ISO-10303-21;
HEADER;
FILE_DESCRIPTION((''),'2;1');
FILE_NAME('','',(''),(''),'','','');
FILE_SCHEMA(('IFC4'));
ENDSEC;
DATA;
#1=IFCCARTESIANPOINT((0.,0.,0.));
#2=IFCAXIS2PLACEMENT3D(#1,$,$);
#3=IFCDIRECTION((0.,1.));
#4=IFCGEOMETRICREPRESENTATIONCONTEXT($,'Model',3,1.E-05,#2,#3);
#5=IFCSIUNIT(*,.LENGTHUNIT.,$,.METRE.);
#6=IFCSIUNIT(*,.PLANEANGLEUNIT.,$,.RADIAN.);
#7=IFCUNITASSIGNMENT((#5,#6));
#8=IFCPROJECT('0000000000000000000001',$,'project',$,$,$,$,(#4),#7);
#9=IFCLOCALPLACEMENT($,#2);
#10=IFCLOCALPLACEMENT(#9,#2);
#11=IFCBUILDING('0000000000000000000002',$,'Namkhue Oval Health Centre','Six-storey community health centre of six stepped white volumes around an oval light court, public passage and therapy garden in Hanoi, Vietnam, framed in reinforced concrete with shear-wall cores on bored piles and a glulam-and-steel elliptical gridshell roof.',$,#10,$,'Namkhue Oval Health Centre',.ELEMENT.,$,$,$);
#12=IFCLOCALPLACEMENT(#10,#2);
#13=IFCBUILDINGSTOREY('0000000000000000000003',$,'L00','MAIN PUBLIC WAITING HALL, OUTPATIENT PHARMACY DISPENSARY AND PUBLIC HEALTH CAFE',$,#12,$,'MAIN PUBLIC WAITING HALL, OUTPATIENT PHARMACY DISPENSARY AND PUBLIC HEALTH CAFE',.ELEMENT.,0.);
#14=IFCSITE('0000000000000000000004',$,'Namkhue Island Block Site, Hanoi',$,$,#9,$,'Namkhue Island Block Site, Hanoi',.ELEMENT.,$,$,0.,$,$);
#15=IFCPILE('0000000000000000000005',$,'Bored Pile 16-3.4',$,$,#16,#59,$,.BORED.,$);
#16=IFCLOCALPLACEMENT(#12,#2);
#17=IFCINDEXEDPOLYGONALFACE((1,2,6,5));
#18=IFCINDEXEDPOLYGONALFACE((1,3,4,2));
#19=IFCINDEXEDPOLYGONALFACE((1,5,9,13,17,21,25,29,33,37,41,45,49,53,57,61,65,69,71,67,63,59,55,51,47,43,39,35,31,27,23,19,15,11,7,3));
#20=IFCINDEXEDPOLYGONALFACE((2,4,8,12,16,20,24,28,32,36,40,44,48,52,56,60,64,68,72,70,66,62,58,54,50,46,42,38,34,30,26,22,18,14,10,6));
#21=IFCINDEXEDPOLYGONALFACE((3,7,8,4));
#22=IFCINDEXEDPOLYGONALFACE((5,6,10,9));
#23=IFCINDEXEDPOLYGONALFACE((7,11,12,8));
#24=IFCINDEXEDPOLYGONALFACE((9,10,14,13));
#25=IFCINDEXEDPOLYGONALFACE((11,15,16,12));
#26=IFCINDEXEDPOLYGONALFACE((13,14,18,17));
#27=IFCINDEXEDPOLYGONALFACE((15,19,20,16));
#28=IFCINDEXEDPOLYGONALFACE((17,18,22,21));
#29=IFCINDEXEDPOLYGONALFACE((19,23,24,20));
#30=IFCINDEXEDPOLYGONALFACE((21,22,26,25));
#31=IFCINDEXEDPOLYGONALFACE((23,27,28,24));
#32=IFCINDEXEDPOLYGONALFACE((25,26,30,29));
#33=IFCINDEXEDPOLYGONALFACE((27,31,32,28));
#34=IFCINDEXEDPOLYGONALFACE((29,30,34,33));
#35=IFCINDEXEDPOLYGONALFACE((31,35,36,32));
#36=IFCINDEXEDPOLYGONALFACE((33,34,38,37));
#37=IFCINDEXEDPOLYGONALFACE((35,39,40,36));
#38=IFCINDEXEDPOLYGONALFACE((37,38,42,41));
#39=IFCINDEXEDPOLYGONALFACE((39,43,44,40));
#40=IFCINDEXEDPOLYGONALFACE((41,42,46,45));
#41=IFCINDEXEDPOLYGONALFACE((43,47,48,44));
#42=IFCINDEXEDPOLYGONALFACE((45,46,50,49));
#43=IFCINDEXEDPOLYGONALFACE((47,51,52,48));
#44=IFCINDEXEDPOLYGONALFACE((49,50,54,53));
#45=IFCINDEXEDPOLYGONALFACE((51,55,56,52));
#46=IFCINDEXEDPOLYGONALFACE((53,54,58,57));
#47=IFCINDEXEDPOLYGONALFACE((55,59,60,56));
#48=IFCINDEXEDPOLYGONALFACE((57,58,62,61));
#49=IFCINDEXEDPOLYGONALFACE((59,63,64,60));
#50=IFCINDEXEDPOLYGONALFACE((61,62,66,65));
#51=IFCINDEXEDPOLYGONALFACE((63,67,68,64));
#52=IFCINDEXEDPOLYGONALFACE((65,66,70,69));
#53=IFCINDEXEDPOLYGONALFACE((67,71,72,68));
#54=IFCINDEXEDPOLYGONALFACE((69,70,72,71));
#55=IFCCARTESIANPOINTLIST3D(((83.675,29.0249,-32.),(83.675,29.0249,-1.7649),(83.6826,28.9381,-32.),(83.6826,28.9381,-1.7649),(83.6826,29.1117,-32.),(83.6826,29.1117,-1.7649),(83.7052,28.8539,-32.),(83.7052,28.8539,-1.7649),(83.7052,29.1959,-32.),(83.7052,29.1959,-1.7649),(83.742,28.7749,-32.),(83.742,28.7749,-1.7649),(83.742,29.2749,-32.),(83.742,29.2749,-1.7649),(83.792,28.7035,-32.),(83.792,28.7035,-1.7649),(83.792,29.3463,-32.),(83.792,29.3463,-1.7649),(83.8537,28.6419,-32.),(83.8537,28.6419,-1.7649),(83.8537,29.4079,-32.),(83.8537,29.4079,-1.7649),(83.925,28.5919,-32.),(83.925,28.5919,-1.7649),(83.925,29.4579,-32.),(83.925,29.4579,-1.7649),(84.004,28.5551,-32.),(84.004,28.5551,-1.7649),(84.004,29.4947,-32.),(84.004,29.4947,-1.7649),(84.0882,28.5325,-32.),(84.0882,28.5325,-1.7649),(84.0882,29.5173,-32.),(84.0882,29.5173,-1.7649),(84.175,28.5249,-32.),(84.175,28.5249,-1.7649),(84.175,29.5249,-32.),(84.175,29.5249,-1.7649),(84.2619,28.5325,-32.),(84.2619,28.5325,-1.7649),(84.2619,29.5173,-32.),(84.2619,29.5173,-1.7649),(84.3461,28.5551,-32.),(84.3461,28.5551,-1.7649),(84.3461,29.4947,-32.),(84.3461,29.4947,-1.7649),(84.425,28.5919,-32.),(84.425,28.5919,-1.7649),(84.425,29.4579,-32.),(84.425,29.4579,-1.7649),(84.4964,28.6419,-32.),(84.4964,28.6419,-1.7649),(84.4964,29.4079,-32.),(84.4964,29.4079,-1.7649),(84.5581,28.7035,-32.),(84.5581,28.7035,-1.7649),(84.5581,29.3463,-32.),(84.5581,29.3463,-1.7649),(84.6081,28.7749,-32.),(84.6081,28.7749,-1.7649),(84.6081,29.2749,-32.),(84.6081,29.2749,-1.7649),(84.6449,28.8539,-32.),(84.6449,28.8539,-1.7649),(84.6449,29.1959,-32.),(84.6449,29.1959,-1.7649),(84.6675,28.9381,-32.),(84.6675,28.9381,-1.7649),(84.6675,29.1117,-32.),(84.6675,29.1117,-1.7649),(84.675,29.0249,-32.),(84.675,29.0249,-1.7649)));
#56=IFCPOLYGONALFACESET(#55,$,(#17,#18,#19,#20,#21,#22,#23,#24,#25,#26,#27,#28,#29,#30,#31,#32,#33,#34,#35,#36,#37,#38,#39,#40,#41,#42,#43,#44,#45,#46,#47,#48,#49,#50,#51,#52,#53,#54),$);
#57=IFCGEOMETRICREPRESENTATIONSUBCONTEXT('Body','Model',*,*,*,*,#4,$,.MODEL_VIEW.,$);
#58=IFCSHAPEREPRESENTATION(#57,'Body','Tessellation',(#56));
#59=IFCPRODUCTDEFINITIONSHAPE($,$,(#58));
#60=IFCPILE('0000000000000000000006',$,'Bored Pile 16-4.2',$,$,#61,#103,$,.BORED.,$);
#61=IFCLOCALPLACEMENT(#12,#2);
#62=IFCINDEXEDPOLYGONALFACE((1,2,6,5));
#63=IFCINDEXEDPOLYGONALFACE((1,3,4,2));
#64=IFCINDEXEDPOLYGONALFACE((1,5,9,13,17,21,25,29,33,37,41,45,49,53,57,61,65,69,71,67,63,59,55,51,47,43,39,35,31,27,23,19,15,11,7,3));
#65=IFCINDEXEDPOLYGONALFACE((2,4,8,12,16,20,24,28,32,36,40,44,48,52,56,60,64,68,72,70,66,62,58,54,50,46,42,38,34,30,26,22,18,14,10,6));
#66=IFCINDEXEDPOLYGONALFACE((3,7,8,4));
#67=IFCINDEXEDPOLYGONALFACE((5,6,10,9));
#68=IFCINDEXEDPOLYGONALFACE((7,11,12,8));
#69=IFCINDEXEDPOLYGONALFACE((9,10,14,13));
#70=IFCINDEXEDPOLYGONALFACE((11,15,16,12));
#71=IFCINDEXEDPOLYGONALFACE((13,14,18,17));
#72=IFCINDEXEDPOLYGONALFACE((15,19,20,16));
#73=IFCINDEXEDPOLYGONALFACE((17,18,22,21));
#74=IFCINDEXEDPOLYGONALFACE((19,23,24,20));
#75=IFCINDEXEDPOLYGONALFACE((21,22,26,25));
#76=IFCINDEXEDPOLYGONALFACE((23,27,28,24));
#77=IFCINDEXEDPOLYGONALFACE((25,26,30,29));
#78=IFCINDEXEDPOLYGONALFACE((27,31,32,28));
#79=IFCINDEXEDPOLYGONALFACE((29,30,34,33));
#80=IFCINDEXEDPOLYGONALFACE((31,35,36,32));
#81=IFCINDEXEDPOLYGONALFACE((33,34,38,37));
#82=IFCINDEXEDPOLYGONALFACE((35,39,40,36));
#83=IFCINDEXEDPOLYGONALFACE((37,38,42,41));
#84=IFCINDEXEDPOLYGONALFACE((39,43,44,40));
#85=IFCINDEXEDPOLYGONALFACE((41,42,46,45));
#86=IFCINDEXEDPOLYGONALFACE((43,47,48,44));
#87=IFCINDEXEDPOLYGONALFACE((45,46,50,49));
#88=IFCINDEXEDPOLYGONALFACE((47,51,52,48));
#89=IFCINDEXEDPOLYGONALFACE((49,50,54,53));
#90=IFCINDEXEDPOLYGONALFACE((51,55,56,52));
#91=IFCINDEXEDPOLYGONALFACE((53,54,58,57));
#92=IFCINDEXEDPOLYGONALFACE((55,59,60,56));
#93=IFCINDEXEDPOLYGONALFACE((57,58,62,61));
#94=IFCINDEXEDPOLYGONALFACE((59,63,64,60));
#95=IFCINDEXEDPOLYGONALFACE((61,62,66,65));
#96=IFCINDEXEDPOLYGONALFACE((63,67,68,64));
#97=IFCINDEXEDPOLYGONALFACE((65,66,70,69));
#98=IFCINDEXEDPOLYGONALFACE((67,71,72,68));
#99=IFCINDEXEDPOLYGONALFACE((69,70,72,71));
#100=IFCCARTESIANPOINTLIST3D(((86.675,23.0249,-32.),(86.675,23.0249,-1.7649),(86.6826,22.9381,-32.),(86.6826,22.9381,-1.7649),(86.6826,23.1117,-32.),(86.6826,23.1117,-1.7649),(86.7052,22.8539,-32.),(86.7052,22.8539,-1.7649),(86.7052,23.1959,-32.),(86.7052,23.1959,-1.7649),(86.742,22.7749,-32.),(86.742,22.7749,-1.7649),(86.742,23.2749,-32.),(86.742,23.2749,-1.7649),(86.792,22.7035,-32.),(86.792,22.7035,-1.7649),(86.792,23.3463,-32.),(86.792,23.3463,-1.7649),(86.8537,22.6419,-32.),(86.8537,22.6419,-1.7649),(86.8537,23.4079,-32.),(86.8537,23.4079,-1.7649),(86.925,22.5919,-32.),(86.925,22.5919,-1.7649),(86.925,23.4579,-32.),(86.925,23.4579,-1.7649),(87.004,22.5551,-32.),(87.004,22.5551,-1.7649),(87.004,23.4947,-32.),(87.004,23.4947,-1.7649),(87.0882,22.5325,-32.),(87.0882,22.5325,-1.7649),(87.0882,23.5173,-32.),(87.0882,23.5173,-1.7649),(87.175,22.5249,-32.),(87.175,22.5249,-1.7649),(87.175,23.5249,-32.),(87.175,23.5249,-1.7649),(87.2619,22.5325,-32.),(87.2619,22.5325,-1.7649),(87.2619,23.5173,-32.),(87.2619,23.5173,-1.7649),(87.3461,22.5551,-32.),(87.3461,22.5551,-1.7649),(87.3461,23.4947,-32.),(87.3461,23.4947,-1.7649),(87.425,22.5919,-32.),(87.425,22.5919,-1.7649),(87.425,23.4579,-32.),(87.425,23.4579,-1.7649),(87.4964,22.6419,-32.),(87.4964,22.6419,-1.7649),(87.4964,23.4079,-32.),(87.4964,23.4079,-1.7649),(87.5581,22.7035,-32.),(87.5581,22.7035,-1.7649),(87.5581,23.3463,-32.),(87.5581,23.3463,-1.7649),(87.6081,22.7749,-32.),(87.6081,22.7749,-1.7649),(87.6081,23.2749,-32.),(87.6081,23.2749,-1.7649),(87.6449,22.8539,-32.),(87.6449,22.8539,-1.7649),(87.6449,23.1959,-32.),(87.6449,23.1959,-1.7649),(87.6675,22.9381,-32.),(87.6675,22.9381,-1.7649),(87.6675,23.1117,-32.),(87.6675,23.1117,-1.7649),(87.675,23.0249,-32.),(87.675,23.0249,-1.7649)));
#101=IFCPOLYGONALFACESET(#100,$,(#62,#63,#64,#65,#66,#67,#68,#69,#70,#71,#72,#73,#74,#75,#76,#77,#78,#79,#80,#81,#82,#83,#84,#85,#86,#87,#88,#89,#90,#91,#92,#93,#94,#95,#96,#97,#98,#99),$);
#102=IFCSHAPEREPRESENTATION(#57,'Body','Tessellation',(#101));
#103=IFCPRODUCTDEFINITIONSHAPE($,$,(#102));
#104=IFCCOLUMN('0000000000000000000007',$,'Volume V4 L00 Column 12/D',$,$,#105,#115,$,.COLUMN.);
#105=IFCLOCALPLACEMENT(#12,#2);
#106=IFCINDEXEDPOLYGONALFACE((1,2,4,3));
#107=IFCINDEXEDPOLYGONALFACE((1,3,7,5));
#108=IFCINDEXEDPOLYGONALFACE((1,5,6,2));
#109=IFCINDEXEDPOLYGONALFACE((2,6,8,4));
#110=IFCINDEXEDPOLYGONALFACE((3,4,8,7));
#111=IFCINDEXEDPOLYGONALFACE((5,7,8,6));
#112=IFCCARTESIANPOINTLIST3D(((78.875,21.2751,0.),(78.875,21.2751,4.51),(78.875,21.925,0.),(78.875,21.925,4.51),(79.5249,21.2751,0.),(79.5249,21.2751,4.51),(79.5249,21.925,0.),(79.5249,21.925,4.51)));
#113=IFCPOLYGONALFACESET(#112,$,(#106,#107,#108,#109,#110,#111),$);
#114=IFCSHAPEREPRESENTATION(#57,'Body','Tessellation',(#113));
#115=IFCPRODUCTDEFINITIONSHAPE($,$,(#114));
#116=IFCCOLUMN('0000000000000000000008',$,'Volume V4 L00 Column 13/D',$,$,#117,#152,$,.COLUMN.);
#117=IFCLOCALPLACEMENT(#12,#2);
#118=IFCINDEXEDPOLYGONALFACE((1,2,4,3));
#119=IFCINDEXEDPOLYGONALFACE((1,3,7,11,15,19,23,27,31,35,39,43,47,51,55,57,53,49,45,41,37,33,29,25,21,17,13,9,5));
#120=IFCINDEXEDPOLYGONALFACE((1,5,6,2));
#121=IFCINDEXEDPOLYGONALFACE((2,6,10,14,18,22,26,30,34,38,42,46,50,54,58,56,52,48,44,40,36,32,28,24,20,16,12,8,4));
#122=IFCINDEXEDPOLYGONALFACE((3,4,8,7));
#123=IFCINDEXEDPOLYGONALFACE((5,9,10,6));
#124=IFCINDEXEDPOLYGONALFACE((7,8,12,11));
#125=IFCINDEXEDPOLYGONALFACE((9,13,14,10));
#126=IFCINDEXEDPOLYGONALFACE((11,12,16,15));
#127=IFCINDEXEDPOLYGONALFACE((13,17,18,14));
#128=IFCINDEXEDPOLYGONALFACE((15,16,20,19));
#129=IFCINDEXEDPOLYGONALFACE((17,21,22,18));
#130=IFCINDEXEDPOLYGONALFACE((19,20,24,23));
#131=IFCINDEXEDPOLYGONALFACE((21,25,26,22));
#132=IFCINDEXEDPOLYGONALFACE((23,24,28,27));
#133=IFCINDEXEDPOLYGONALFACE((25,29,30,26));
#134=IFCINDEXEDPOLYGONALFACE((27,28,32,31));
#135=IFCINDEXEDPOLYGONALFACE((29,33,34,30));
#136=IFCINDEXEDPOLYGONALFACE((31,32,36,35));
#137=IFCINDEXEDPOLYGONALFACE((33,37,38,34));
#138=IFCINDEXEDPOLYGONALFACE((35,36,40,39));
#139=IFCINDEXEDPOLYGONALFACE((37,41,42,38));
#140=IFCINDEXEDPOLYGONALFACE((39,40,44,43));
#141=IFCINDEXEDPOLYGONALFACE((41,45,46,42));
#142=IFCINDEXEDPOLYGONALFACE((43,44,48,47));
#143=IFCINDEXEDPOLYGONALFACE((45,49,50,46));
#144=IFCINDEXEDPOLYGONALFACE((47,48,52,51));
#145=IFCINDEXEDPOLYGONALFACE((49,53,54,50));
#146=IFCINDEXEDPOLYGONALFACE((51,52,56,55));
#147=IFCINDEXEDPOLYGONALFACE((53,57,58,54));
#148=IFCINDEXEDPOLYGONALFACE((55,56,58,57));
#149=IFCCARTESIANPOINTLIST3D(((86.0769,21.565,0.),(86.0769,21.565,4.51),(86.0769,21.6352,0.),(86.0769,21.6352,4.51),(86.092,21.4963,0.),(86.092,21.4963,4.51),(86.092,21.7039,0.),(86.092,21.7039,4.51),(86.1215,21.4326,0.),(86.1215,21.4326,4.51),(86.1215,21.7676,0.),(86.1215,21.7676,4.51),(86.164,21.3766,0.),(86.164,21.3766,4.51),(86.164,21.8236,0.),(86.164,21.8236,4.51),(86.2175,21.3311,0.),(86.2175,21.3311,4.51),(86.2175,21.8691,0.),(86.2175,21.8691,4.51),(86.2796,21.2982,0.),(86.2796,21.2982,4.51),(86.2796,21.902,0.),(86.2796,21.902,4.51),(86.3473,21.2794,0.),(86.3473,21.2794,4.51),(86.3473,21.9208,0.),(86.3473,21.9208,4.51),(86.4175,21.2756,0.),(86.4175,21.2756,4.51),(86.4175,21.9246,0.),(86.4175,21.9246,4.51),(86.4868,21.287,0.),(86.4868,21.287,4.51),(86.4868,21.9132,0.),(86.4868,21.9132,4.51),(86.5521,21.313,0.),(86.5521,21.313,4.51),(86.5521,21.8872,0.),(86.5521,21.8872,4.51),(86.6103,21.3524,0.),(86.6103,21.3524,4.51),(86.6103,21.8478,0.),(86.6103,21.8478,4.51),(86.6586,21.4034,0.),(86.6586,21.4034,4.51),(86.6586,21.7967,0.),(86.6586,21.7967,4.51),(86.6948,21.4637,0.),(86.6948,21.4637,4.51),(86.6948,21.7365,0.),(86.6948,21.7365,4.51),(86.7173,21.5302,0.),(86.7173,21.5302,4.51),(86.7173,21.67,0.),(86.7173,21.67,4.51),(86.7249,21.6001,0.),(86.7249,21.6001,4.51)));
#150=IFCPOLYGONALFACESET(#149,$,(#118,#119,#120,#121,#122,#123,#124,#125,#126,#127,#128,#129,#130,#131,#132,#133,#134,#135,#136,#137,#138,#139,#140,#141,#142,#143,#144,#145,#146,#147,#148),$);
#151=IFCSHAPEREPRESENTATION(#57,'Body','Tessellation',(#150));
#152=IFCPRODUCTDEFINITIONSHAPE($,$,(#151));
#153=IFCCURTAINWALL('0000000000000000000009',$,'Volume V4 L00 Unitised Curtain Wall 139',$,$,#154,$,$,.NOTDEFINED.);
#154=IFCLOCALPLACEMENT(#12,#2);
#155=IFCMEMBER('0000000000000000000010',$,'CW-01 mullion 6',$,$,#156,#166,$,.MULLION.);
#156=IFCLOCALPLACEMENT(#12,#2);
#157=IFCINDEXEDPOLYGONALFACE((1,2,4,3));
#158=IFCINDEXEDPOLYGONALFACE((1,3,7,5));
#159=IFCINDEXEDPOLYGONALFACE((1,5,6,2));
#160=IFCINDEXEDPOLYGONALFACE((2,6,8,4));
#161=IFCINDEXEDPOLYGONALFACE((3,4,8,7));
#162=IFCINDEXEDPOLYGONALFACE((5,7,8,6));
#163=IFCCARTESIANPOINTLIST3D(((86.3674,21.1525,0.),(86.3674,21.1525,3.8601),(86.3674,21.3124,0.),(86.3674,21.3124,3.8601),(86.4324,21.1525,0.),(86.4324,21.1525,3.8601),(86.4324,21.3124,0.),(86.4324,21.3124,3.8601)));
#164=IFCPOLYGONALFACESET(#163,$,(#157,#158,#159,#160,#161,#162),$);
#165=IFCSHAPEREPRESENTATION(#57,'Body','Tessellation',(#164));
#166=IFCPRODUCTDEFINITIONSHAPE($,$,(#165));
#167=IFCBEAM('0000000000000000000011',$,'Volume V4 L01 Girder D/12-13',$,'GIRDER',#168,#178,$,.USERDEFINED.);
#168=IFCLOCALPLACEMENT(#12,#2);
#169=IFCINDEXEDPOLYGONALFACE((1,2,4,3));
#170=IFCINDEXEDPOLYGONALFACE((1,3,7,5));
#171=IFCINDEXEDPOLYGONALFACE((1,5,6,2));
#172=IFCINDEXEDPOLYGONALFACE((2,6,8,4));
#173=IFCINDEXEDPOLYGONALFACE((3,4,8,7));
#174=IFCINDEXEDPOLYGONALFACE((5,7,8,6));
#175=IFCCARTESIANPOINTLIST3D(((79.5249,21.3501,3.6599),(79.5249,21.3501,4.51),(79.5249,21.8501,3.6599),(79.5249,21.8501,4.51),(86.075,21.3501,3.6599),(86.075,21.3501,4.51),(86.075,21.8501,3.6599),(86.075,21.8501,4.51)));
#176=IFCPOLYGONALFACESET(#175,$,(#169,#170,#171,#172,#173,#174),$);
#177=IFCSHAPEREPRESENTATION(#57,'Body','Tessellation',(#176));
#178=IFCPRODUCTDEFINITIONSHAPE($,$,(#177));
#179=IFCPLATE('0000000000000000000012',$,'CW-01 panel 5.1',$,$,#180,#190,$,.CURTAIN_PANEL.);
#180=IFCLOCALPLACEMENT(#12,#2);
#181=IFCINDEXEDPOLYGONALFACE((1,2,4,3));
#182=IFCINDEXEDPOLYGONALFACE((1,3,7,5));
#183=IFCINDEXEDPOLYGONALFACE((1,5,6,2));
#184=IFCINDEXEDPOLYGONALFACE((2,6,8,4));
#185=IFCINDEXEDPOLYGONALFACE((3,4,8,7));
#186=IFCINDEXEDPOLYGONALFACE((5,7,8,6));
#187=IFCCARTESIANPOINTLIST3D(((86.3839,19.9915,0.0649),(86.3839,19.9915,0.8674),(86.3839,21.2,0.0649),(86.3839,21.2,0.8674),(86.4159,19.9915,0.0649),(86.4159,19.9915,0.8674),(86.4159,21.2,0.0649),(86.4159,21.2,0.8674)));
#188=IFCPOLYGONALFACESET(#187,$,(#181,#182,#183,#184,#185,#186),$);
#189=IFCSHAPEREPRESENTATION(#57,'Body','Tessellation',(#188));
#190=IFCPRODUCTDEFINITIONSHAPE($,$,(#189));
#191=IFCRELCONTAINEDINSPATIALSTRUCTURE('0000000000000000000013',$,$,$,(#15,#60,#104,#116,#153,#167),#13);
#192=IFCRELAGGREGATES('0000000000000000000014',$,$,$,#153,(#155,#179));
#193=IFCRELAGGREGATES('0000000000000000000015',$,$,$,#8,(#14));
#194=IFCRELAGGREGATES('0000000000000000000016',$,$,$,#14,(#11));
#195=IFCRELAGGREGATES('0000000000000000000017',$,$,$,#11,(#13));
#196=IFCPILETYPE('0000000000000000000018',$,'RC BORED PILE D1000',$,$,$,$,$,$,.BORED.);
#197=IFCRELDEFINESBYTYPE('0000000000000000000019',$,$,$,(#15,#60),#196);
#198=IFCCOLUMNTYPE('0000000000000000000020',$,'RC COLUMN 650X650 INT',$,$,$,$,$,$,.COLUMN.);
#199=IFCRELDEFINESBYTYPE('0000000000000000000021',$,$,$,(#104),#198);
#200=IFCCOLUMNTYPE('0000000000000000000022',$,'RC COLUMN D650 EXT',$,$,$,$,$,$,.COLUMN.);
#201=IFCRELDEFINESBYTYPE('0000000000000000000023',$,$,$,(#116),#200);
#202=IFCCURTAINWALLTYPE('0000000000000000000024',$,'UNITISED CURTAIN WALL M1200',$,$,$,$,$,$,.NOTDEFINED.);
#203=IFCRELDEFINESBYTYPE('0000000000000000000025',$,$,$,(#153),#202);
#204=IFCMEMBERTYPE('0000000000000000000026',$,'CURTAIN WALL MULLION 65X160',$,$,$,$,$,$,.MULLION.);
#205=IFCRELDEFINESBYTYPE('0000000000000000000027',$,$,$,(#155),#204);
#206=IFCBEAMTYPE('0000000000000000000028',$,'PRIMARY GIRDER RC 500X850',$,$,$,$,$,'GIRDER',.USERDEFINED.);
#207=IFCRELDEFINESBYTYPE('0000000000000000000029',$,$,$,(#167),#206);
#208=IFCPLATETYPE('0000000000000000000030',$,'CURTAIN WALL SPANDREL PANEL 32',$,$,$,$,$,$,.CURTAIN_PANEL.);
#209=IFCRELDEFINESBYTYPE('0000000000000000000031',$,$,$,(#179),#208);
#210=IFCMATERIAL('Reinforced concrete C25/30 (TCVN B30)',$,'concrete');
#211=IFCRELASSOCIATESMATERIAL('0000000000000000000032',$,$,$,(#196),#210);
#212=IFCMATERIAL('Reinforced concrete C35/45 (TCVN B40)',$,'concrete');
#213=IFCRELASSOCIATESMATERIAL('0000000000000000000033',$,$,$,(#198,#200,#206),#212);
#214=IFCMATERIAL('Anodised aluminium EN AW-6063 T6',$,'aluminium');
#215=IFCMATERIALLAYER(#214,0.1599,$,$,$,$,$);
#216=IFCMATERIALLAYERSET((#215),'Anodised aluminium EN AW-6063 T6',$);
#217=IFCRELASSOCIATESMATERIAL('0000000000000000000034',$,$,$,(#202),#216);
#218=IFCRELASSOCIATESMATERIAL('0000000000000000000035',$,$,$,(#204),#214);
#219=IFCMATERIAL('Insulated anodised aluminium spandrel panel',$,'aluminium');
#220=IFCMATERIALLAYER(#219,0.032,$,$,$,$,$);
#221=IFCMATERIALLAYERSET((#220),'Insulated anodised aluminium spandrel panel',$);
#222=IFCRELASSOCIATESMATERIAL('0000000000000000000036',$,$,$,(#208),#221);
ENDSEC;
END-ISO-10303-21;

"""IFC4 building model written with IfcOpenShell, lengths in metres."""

from ifc_helpers import new_model, si_unit, direction, frame, origin, origin_2d, place, context, subcontext, project, spatial, rectangle, circle, extrude, material, layer, layer_set, material_profile, profile_set, type_object, element, aggregate, save


model = new_model("IFC4")

# Units and contexts
model_context = context("Model", 3, precision=1e-05, world=origin(), true_north=direction((0.0, 1.0)))
body_context = subcontext(model_context, "Body", "Model", "MODEL_VIEW")
ifc_project = project(units=[si_unit("LENGTHUNIT", "METRE"), si_unit("PLANEANGLEUNIT", "RADIAN")], contexts=[model_context])

# Site, building, storey
site_placement = place(None, origin())
site = spatial("IfcSite", under=ifc_project, at=site_placement, Name="Namkhue Island Block Site, Hanoi", LongName="Namkhue Island Block Site, Hanoi", CompositionType="ELEMENT", RefElevation=0.0)
building_placement = place(site_placement, origin())
building = spatial("IfcBuilding", under=site, at=building_placement, Name="Namkhue Oval Health Centre", Description="Six-storey community health centre of six stepped white volumes around an oval light court, public passage and therapy garden in Hanoi, Vietnam, framed in reinforced concrete with shear-wall cores on bored piles and a glulam-and-steel elliptical gridshell roof.", LongName="Namkhue Oval Health Centre", CompositionType="ELEMENT")
storey_placement = place(building_placement, origin())
storey = spatial("IfcBuildingStorey", under=building, at=storey_placement, Name="L00", Description="MAIN PUBLIC WAITING HALL, OUTPATIENT PHARMACY DISPENSARY AND PUBLIC HEALTH CAFE", LongName="MAIN PUBLIC WAITING HALL, OUTPATIENT PHARMACY DISPENSARY AND PUBLIC HEALTH CAFE", CompositionType="ELEMENT", Elevation=0.0)

# Piles
ifc_material_1 = material(Name="Reinforced concrete C25/30 (TCVN B30)", Category="concrete")
ifc_material_profile_1 = material_profile(ifc_material_1, circle(Radius=0.5, at=origin_2d()), Name="BORED PILE D1000")
ifc_profile_set_1 = profile_set([ifc_material_profile_1], Name="Reinforced concrete C25/30 (TCVN B30)")
pile_type = type_object("IfcPileType", Name="RC BORED PILE D1000", PredefinedType="BORED", material=ifc_profile_set_1)
for number, where, z_axis, x_axis, name in (
    (1, (84.175, 29.0249, -1.7649), (0.0, 0.0, -1.0), (1.0, 0.0, 0.0), "Bored Pile 16-3.4"),
    (2, (87.175, 23.0249, -1.7649), (0.0, 0.0, -1.0), (1.0, 0.0, 0.0), "Bored Pile 16-4.2"),
):
    element("IfcPile", number, at=place(storey_placement, frame(where, z_axis=z_axis, x_axis=x_axis)), inside=storey, type_object=pile_type, Name=name, PredefinedType="BORED", context=body_context, shape_type="SweptSolid", body=[
        extrude(circle(Radius=0.5, at=origin_2d()), origin(), (0.0, 0.0, 1.0), 30.2351),
    ])

# Columns
ifc_material_2 = material(Name="Reinforced concrete C35/45 (TCVN B40)", Category="concrete")
ifc_material_profile_2 = material_profile(ifc_material_2, rectangle(XDim=0.6499, YDim=0.6499, at=origin_2d()), Name="RC 650x650")
ifc_profile_set_2 = profile_set([ifc_material_profile_2], Name="Reinforced concrete C35/45 (TCVN B40)")
column_type_1 = type_object("IfcColumnType", Name="RC COLUMN 650X650 INT", PredefinedType="COLUMN", material=ifc_profile_set_2)
column_1_placement = place(storey_placement, frame((79.2, 21.6001, 0.0), z_axis=(0.0, 0.0, 1.0), x_axis=(1.0, 0.0, 0.0)))
element("IfcColumn", 3, at=column_1_placement, inside=storey, type_object=column_type_1, Name="Volume V4 L00 Column 12/D", PredefinedType="COLUMN", context=body_context, shape_type="SweptSolid", body=[
    extrude(rectangle(XDim=0.6499, YDim=0.6499, at=origin_2d()), origin(), (0.0, 0.0, 1.0), 4.51),
])
ifc_material_profile_3 = material_profile(ifc_material_2, circle(Radius=0.325, at=origin_2d()), Name="RC D650")
ifc_profile_set_3 = profile_set([ifc_material_profile_3], Name="Reinforced concrete C35/45 (TCVN B40)")
column_type_2 = type_object("IfcColumnType", Name="RC COLUMN D650 EXT", PredefinedType="COLUMN", material=ifc_profile_set_3)
column_2_placement = place(storey_placement, frame((86.3999, 21.6001, 0.0), z_axis=(0.0, 0.0, 1.0), x_axis=(1.0, 0.0, 0.0)))
element("IfcColumn", 4, at=column_2_placement, inside=storey, type_object=column_type_2, Name="Volume V4 L00 Column 13/D", PredefinedType="COLUMN", context=body_context, shape_type="SweptSolid", body=[
    extrude(circle(Radius=0.325, at=origin_2d()), origin(), (0.0, 0.0, 1.0), 4.51),
])

# Curtain wall, member
ifc_material_3 = material(Name="Anodised aluminium EN AW-6063 T6", Category="aluminium")
ifc_layer_1 = layer(ifc_material_3, 0.1599)
ifc_layer_set_1 = layer_set([ifc_layer_1], Name="Anodised aluminium EN AW-6063 T6")
curtain_wall_type = type_object("IfcCurtainWallType", Name="UNITISED CURTAIN WALL M1200", PredefinedType="NOTDEFINED", material=ifc_layer_set_1)
curtain_wall_placement = place(storey_placement, origin())
curtain_wall = element("IfcCurtainWall", 5, at=curtain_wall_placement, inside=storey, type_object=curtain_wall_type, Name="Volume V4 L00 Unitised Curtain Wall 139", PredefinedType="NOTDEFINED")
ifc_material_profile_4 = material_profile(ifc_material_3, rectangle(XDim=0.0649, YDim=0.1599, at=origin_2d()), Name="ALU 65x160")
ifc_profile_set_4 = profile_set([ifc_material_profile_4], Name="Anodised aluminium EN AW-6063 T6")
member_type = type_object("IfcMemberType", Name="CURTAIN WALL MULLION 65X160", PredefinedType="MULLION", material=ifc_profile_set_4)
member_placement = place(storey_placement, frame((86.3999, 21.2324, 0.0), z_axis=(0.0, 0.0, 1.0), x_axis=(-1.0, 0.0, 0.0)))
member = element("IfcMember", 6, at=member_placement, type_object=member_type, Name="CW-01 mullion 6", PredefinedType="MULLION", context=body_context, shape_type="SweptSolid", body=[
    extrude(rectangle(XDim=0.0649, YDim=0.1599, at=origin_2d()), origin(), (0.0, 0.0, 1.0), 3.8601),
])

# Beam
ifc_material_profile_5 = material_profile(ifc_material_2, rectangle(XDim=0.5, YDim=0.8501, at=origin_2d()), Name="RC 500x850")
ifc_profile_set_5 = profile_set([ifc_material_profile_5], Name="Reinforced concrete C35/45 (TCVN B40)")
beam_type = type_object("IfcBeamType", Name="PRIMARY GIRDER RC 500X850", ElementType="GIRDER", PredefinedType="USERDEFINED", material=ifc_profile_set_5)
beam_placement = place(storey_placement, frame((79.5249, 21.6001, 4.085), z_axis=(1.0, 0.0, 0.0), x_axis=(0.0, 1.0, 0.0)))
element("IfcBeam", 7, at=beam_placement, inside=storey, type_object=beam_type, Name="Volume V4 L01 Girder D/12-13", ObjectType="GIRDER", PredefinedType="USERDEFINED", context=body_context, shape_type="SweptSolid", body=[
    extrude(rectangle(XDim=0.5, YDim=0.8501, at=origin_2d()), origin(), (0.0, 0.0, 1.0), 6.55),
])

# Plate
ifc_material_4 = material(Name="Insulated anodised aluminium spandrel panel", Category="aluminium")
ifc_layer_2 = layer(ifc_material_4, 0.032)
ifc_layer_set_2 = layer_set([ifc_layer_2], Name="Insulated anodised aluminium spandrel panel")
plate_type = type_object("IfcPlateType", Name="CURTAIN WALL SPANDREL PANEL 32", PredefinedType="CURTAIN_PANEL", material=ifc_layer_set_2)
plate_1_placement = place(storey_placement, frame((86.3999, 20.5957, 0.0649), z_axis=(0.0, 0.0, 1.0), x_axis=(0.0, 1.0, 0.0)))
plate_1 = element("IfcPlate", 8, at=plate_1_placement, type_object=plate_type, Name="CW-01 panel 5.1", PredefinedType="CURTAIN_PANEL", context=body_context, shape_type="SweptSolid", body=[
    extrude(rectangle(XDim=1.2085, YDim=0.032, at=origin_2d()), origin(), (0.0, 0.0, 1.0), 0.8025),
])
aggregate(curtain_wall, [member, plate_1])

save(model, "model.ifc")
